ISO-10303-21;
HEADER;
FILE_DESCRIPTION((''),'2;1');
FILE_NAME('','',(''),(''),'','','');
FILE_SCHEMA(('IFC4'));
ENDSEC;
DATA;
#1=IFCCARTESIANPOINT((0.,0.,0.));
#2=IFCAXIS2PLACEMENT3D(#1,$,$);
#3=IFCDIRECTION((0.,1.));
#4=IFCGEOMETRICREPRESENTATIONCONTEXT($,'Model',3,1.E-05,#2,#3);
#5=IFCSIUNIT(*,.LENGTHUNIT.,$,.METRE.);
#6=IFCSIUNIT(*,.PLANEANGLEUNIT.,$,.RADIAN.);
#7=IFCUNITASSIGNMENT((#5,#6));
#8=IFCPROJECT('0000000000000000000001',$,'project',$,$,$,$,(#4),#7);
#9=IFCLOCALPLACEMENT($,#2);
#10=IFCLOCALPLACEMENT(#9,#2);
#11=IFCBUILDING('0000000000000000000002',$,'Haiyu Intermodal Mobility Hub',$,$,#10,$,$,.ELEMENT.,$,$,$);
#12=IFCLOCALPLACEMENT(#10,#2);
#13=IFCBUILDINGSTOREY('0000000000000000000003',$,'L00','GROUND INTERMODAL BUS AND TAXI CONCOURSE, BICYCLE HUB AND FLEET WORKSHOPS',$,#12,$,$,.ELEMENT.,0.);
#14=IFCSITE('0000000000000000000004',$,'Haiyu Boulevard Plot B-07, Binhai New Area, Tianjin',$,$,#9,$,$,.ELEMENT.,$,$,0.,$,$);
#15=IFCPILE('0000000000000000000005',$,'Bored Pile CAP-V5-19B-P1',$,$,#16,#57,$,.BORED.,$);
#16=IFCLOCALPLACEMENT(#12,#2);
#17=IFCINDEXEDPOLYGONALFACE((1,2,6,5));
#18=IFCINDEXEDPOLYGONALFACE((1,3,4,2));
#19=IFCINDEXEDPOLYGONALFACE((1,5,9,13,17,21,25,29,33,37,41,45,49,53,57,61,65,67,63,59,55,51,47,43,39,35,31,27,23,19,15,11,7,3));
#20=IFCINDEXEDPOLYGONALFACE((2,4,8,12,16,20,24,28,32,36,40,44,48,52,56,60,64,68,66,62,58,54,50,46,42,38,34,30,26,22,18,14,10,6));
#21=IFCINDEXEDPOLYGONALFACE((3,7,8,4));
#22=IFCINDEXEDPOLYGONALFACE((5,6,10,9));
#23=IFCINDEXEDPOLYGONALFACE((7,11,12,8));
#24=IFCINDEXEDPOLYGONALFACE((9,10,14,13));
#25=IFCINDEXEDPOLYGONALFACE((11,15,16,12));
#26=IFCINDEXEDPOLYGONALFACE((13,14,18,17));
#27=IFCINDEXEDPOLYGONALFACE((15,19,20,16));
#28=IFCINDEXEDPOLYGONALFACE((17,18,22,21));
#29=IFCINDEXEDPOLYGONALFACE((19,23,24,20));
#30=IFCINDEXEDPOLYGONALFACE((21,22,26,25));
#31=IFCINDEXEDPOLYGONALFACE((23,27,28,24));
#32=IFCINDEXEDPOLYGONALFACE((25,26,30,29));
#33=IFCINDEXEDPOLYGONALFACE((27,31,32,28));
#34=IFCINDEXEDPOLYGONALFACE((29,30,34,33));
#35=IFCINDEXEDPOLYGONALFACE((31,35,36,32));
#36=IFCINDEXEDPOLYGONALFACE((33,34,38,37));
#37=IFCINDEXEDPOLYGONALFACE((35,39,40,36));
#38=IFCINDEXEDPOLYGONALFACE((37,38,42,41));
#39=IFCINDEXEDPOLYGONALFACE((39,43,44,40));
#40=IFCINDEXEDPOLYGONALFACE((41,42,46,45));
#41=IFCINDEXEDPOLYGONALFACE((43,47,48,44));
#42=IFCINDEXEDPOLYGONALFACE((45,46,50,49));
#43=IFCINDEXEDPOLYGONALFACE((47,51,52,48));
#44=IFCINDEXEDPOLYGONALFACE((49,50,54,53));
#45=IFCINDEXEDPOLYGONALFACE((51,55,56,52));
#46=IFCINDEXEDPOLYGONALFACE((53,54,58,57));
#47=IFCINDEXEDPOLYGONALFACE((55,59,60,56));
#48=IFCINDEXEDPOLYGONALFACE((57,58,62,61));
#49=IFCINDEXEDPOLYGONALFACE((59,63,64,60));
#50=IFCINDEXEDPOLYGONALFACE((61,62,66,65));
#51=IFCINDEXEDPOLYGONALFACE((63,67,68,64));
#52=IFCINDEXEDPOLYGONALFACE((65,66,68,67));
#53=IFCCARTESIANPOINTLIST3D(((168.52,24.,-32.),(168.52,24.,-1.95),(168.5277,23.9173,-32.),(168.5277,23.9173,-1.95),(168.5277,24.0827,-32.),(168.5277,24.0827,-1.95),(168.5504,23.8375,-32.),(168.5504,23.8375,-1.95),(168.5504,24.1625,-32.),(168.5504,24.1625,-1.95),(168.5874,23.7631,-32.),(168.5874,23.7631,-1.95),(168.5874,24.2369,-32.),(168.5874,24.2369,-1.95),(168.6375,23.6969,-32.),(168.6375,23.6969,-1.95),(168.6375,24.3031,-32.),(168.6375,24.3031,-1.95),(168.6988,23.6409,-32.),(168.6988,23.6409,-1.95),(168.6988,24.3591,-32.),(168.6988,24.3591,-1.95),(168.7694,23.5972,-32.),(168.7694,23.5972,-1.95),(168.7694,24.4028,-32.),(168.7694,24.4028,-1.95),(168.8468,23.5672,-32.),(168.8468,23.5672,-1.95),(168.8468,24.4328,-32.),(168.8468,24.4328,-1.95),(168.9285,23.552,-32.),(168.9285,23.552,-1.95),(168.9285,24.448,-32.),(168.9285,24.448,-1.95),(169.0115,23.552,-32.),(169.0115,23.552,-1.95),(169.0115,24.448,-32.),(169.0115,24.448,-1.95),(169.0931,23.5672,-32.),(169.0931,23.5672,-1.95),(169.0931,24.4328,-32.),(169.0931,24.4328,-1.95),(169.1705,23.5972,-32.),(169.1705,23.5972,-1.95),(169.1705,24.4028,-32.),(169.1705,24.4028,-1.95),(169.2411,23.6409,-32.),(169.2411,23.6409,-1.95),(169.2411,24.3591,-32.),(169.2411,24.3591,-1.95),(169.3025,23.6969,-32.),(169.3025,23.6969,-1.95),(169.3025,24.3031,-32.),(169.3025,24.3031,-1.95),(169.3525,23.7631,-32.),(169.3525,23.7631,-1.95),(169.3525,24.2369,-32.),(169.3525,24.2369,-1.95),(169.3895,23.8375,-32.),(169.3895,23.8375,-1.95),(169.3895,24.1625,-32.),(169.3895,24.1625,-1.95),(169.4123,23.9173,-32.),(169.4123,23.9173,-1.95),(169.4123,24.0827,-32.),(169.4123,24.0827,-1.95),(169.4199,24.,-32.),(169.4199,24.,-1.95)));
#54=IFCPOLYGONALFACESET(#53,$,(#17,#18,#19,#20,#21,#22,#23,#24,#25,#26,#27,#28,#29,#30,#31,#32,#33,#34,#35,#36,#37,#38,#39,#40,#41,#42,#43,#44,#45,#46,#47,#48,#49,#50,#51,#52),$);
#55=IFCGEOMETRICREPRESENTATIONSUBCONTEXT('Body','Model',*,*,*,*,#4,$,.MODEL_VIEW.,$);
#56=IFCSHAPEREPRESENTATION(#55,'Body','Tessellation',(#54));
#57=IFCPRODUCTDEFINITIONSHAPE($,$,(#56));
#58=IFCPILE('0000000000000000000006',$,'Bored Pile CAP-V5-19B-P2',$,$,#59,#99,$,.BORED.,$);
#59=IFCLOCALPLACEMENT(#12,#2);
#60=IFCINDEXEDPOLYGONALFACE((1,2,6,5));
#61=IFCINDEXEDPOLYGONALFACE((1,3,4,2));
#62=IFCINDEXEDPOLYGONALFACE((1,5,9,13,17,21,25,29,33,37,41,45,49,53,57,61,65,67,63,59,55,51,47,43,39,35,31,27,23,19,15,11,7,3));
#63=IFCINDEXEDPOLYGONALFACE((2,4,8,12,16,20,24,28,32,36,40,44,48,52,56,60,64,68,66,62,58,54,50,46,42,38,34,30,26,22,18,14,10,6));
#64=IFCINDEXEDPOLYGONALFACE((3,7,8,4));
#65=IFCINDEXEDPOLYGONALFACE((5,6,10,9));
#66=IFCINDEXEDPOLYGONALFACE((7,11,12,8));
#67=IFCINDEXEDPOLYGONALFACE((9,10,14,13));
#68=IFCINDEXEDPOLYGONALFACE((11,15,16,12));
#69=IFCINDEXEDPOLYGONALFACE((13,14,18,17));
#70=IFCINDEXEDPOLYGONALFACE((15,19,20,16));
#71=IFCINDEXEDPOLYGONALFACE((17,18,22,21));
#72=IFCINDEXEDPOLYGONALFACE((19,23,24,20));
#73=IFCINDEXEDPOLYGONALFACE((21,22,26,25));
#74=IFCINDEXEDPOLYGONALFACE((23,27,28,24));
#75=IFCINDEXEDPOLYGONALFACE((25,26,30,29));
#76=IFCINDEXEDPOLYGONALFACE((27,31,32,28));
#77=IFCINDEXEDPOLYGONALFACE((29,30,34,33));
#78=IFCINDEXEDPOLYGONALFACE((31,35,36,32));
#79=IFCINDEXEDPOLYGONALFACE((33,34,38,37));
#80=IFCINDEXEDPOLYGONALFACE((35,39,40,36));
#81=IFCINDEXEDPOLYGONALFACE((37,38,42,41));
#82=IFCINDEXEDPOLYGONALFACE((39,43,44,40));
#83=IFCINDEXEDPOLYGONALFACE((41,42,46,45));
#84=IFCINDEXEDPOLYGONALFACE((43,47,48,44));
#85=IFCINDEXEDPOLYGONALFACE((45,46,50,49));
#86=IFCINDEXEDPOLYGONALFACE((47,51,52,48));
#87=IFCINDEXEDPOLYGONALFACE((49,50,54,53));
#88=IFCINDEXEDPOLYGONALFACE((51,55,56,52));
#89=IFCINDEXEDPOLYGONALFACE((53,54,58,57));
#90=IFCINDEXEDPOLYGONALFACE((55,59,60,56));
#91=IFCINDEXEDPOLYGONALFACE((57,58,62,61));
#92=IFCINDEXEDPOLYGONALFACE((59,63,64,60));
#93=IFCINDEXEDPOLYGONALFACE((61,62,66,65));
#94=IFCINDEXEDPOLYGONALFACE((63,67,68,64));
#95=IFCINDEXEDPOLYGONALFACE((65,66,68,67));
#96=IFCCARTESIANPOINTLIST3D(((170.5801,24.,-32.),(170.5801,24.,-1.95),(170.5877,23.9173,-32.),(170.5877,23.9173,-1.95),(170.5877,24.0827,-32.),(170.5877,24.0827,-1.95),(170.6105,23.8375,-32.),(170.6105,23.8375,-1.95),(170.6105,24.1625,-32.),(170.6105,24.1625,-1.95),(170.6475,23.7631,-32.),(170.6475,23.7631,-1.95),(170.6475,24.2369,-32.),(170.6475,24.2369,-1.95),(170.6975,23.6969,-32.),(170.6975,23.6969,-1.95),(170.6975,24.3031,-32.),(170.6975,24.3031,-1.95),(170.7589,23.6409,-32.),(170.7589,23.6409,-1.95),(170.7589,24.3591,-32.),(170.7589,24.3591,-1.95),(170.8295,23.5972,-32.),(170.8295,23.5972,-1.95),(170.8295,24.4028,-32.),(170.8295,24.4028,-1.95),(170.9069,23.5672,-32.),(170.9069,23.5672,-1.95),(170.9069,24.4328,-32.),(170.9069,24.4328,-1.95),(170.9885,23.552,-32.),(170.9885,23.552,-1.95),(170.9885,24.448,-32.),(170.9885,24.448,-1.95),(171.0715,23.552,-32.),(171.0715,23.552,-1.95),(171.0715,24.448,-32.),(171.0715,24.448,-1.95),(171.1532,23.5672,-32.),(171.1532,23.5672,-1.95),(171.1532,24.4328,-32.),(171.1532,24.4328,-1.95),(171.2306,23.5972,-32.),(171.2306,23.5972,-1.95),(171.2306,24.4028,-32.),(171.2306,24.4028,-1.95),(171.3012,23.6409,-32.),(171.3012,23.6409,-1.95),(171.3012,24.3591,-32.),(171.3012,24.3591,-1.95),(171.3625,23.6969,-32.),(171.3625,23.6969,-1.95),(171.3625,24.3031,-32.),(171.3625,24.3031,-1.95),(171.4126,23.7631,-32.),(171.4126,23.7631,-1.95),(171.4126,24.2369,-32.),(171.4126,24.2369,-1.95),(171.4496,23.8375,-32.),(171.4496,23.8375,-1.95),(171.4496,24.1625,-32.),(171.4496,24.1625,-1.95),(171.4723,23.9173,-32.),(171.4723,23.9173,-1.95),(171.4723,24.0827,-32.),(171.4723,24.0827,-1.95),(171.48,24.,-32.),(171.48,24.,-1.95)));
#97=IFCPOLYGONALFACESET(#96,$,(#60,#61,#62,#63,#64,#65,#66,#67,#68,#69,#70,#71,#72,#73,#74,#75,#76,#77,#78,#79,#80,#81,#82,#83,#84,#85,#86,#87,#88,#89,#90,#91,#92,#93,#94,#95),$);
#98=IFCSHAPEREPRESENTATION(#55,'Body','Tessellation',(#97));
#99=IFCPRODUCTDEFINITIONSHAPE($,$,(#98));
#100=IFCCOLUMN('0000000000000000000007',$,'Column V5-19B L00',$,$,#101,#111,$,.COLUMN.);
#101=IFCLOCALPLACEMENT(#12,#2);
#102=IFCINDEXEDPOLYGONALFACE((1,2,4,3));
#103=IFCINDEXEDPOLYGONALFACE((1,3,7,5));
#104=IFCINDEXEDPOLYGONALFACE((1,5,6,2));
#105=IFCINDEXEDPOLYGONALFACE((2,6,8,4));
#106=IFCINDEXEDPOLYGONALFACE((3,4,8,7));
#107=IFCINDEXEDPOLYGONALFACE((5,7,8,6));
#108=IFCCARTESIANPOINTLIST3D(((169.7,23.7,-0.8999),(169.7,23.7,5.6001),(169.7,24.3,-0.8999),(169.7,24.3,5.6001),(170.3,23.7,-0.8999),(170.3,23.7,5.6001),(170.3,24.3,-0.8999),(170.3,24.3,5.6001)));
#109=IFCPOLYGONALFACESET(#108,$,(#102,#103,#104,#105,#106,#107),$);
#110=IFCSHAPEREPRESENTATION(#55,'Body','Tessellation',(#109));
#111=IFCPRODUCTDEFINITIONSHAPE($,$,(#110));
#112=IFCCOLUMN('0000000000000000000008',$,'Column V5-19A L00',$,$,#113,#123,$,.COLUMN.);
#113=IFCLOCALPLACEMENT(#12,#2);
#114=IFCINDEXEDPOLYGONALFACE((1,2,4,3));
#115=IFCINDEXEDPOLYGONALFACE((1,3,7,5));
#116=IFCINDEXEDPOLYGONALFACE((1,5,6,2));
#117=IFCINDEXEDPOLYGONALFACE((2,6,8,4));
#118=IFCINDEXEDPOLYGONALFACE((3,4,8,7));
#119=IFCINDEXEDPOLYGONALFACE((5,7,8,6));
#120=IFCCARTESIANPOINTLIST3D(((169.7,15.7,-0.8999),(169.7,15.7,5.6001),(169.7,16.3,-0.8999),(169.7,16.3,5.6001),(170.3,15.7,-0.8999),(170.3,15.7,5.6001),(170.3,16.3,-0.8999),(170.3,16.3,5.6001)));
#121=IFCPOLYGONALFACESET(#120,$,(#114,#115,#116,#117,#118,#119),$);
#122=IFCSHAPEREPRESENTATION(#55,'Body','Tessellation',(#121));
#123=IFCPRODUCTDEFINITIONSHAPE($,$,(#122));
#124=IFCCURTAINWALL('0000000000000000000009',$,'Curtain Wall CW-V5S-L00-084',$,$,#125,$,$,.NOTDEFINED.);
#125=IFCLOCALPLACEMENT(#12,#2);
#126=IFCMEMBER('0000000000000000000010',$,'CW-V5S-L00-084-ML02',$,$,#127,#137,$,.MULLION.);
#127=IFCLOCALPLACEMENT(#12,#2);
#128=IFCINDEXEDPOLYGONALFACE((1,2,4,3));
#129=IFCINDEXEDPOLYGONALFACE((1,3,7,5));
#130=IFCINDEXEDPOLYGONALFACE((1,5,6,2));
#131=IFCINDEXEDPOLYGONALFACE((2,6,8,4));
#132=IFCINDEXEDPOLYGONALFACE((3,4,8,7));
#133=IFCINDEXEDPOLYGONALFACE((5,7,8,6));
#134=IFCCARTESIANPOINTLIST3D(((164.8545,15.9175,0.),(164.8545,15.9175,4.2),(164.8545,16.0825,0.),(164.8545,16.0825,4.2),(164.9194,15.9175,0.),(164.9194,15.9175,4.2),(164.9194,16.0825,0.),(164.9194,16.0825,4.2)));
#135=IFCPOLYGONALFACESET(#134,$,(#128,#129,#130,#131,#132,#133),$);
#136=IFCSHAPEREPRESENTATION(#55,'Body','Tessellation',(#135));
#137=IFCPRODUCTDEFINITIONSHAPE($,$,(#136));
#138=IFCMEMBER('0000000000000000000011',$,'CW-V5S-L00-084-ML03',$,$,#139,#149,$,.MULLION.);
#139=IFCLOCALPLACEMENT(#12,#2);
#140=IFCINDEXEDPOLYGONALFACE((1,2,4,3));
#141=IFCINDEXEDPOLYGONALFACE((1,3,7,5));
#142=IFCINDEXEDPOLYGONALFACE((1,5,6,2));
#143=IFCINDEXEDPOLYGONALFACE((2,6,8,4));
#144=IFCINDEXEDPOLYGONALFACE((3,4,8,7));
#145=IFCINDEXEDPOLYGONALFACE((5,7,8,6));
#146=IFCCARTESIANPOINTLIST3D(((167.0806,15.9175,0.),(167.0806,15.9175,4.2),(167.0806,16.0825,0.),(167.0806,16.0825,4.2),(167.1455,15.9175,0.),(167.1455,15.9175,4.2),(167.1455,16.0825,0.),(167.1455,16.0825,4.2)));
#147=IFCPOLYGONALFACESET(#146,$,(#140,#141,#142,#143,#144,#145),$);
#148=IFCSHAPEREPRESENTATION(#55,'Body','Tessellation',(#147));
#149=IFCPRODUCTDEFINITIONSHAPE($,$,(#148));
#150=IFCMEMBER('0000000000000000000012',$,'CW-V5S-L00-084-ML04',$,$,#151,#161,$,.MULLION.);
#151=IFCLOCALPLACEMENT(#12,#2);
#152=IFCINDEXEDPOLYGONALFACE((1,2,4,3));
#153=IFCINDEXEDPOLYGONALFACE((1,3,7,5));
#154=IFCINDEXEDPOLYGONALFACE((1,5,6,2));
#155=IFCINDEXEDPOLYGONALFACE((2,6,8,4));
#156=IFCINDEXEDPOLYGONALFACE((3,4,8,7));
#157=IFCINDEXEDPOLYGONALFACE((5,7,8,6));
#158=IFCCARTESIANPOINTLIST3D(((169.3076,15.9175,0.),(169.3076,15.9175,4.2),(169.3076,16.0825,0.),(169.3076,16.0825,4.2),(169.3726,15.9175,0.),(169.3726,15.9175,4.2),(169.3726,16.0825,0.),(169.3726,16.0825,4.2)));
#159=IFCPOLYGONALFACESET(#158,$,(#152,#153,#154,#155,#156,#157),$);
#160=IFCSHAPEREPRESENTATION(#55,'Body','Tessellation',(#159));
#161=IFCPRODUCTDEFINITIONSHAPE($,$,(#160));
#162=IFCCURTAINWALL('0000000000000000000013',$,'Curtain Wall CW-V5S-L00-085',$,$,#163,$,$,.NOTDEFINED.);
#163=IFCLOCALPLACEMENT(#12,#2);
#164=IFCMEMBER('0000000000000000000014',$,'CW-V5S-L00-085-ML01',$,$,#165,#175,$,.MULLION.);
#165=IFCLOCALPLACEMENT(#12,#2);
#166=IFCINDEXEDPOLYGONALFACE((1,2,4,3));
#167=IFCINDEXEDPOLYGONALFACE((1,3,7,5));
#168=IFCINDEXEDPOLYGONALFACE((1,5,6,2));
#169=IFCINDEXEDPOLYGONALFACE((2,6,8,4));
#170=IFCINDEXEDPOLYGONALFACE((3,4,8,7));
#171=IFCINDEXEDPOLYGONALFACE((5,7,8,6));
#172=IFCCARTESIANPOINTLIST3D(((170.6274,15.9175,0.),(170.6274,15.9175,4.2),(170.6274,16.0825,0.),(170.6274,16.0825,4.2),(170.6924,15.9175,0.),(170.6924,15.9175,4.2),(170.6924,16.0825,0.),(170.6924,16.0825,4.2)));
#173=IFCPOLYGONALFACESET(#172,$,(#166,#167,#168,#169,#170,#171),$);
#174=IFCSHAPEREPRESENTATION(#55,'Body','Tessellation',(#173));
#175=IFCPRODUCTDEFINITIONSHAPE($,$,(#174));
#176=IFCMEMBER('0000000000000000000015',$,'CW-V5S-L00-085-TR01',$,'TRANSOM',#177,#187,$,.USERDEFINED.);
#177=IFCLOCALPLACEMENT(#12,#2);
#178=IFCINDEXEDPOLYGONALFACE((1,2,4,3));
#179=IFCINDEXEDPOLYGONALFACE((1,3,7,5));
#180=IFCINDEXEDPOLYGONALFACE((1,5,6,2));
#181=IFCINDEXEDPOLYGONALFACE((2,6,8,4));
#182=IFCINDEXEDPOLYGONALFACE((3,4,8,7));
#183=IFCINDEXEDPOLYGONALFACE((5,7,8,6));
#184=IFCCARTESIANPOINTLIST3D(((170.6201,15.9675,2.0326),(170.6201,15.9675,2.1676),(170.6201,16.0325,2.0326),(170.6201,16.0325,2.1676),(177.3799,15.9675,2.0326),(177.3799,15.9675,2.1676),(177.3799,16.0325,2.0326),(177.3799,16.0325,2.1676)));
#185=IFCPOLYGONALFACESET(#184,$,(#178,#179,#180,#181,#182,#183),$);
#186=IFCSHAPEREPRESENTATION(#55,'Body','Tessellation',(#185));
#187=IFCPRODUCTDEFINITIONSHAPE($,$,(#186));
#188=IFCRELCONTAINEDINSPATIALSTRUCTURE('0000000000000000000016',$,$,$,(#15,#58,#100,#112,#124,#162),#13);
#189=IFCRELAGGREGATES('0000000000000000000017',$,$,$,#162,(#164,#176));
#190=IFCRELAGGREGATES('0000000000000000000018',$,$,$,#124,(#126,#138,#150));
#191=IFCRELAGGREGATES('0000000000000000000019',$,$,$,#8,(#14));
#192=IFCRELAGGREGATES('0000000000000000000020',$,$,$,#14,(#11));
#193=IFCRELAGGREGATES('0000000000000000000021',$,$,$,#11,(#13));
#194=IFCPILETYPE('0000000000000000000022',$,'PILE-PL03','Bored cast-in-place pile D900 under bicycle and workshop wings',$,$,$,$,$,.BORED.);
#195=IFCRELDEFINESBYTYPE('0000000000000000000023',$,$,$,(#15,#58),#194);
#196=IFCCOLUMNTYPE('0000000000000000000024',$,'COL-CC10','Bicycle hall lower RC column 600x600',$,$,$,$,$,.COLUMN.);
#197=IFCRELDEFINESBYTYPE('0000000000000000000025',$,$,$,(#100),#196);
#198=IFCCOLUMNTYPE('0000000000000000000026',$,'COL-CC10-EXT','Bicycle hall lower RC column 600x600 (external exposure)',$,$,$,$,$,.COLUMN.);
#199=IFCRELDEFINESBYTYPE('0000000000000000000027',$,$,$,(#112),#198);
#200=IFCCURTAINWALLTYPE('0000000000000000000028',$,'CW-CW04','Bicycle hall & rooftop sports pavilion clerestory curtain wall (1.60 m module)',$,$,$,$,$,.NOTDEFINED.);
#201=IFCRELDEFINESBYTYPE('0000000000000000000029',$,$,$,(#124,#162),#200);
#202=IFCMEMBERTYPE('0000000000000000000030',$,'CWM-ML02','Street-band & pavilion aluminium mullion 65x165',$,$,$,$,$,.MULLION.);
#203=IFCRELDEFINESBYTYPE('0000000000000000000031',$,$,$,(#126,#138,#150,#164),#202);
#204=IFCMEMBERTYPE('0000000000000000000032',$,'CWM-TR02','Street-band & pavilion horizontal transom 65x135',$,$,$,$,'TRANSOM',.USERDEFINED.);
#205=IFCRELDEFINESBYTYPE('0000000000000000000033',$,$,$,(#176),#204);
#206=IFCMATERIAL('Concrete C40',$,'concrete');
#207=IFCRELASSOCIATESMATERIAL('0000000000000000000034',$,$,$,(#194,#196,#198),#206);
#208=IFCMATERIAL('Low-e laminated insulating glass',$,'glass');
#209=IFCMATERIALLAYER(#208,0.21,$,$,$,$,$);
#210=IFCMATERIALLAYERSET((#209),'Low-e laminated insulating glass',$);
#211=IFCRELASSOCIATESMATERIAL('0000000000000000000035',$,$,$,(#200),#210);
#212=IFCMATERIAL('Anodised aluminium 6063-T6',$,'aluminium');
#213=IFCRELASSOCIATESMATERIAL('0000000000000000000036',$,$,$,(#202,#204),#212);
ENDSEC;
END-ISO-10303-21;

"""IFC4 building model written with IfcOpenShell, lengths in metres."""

from ifc_helpers import new_model, si_unit, direction, frame, origin, origin_2d, place, context, subcontext, project, spatial, rectangle, circle, extrude, material, layer, layer_set, material_profile, profile_set, type_object, element, aggregate, save


model = new_model("IFC4")

# Units and contexts
model_context = context("Model", 3, precision=1e-05, world=origin(), true_north=direction((0.0, 1.0)))
body_context = subcontext(model_context, "Body", "Model", "MODEL_VIEW")
ifc_project = project(units=[si_unit("LENGTHUNIT", "METRE"), si_unit("PLANEANGLEUNIT", "RADIAN")], contexts=[model_context])

# Site, building, storey
site_placement = place(None, origin())
site = spatial("IfcSite", under=ifc_project, at=site_placement, Name="Haiyu Boulevard Plot B-07, Binhai New Area, Tianjin", CompositionType="ELEMENT", RefElevation=0.0)
building_placement = place(site_placement, origin())
building = spatial("IfcBuilding", under=site, at=building_placement, Name="Haiyu Intermodal Mobility Hub", CompositionType="ELEMENT")
storey_placement = place(building_placement, origin())
storey = spatial("IfcBuildingStorey", under=building, at=storey_placement, Name="L00", Description="GROUND INTERMODAL BUS AND TAXI CONCOURSE, BICYCLE HUB AND FLEET WORKSHOPS", CompositionType="ELEMENT", Elevation=0.0)

# Shared definitions
ifc_material_1 = material(Name="Concrete C40", Category="concrete")

# Piles
ifc_material_profile_1 = material_profile(ifc_material_1, circle(Radius=0.45, at=origin_2d()), Name="PILE-D900")
ifc_profile_set_1 = profile_set([ifc_material_profile_1], Name="Concrete C40")
pile_type = type_object("IfcPileType", Name="PILE-PL03", Description="Bored cast-in-place pile D900 under bicycle and workshop wings", PredefinedType="BORED", material=ifc_profile_set_1)
for number, where, z_axis, x_axis, name in (
    (1, (168.97, 24.0, -1.95), (0.0, 0.0, -1.0), (1.0, 0.0, 0.0), "Bored Pile CAP-V5-19B-P1"),
    (2, (171.03, 24.0, -1.95), (0.0, 0.0, -1.0), (1.0, 0.0, 0.0), "Bored Pile CAP-V5-19B-P2"),
):
    element("IfcPile", number, at=place(storey_placement, frame(where, z_axis=z_axis, x_axis=x_axis)), inside=storey, type_object=pile_type, Name=name, PredefinedType="BORED", context=body_context, shape_type="SweptSolid", body=[
        extrude(circle(Radius=0.45, at=origin_2d()), origin(), (0.0, 0.0, 1.0), 30.05),
    ])

# Columns
ifc_material_profile_2 = material_profile(ifc_material_1, rectangle(XDim=0.6001, YDim=0.6001, at=origin_2d()), Name="RC600x600")
ifc_profile_set_2 = profile_set([ifc_material_profile_2], Name="Concrete C40")
column_type_1 = type_object("IfcColumnType", Name="COL-CC10", Description="Bicycle hall lower RC column 600x600", PredefinedType="COLUMN", material=ifc_profile_set_2)
column_1_placement = place(storey_placement, frame((170.0, 24.0, -0.8999), z_axis=(0.0, 0.0, 1.0), x_axis=(1.0, 0.0, 0.0)))
element("IfcColumn", 3, at=column_1_placement, inside=storey, type_object=column_type_1, Name="Column V5-19B L00", PredefinedType="COLUMN", context=body_context, shape_type="SweptSolid", body=[
    extrude(rectangle(XDim=0.6001, YDim=0.6001, at=origin_2d()), origin(), (0.0, 0.0, 1.0), 6.5),
])
ifc_material_profile_3 = material_profile(ifc_material_1, rectangle(XDim=0.6001, YDim=0.6001, at=origin_2d()), Name="RC600x600")
ifc_profile_set_3 = profile_set([ifc_material_profile_3], Name="Concrete C40")
column_type_2 = type_object("IfcColumnType", Name="COL-CC10-EXT", Description="Bicycle hall lower RC column 600x600 (external exposure)", PredefinedType="COLUMN", material=ifc_profile_set_3)
column_2_placement = place(storey_placement, frame((170.0, 16.0, -0.8999), z_axis=(0.0, 0.0, 1.0), x_axis=(1.0, 0.0, 0.0)))
element("IfcColumn", 4, at=column_2_placement, inside=storey, type_object=column_type_2, Name="Column V5-19A L00", PredefinedType="COLUMN", context=body_context, shape_type="SweptSolid", body=[
    extrude(rectangle(XDim=0.6001, YDim=0.6001, at=origin_2d()), origin(), (0.0, 0.0, 1.0), 6.5),
])

# Curtain walls, members
ifc_material_2 = material(Name="Low-e laminated insulating glass", Category="glass")
ifc_layer_1 = layer(ifc_material_2, 0.21)
ifc_layer_set_1 = layer_set([ifc_layer_1], Name="Low-e laminated insulating glass")
curtain_wall_type = type_object("IfcCurtainWallType", Name="CW-CW04", Description="Bicycle hall & rooftop sports pavilion clerestory curtain wall (1.60 m module)", PredefinedType="NOTDEFINED", material=ifc_layer_set_1)
curtain_wall_1_placement = place(storey_placement, origin())
curtain_wall_1 = element("IfcCurtainWall", 5, at=curtain_wall_1_placement, inside=storey, type_object=curtain_wall_type, Name="Curtain Wall CW-V5S-L00-084", PredefinedType="NOTDEFINED")
ifc_material_3 = material(Name="Anodised aluminium 6063-T6", Category="aluminium")
ifc_material_profile_4 = material_profile(ifc_material_3, rectangle(XDim=0.0649, YDim=0.165, at=origin_2d()), Name="ALU65x165")
ifc_profile_set_4 = profile_set([ifc_material_profile_4], Name="Anodised aluminium 6063-T6")
member_type_1 = type_object("IfcMemberType", Name="CWM-ML02", Description="Street-band & pavilion aluminium mullion 65x165", PredefinedType="MULLION", material=ifc_profile_set_4)
member_1_placement = place(storey_placement, frame((164.887, 16.0, 0.0), z_axis=(0.0, 0.0, 1.0), x_axis=(1.0, 0.0, 0.0)))
member_1 = element("IfcMember", 6, at=member_1_placement, type_object=member_type_1, Name="CW-V5S-L00-084-ML02", PredefinedType="MULLION", context=body_context, shape_type="SweptSolid", body=[
    extrude(rectangle(XDim=0.0649, YDim=0.165, at=origin_2d()), origin(), (0.0, 0.0, 1.0), 4.2),
])
member_2_placement = place(storey_placement, frame((167.113, 16.0, 0.0), z_axis=(0.0, 0.0, 1.0), x_axis=(1.0, 0.0, 0.0)))
member_2 = element("IfcMember", 7, at=member_2_placement, type_object=member_type_1, Name="CW-V5S-L00-084-ML03", PredefinedType="MULLION", context=body_context, shape_type="SweptSolid", body=[
    extrude(rectangle(XDim=0.0649, YDim=0.165, at=origin_2d()), origin(), (0.0, 0.0, 1.0), 4.2),
])
member_3_placement = place(storey_placement, frame((169.3401, 16.0, 0.0), z_axis=(0.0, 0.0, 1.0), x_axis=(1.0, 0.0, 0.0)))
member_3 = element("IfcMember", 8, at=member_3_placement, type_object=member_type_1, Name="CW-V5S-L00-084-ML04", PredefinedType="MULLION", context=body_context, shape_type="SweptSolid", body=[
    extrude(rectangle(XDim=0.0649, YDim=0.165, at=origin_2d()), origin(), (0.0, 0.0, 1.0), 4.2),
])
curtain_wall_2_placement = place(storey_placement, origin())
curtain_wall_2 = element("IfcCurtainWall", 9, at=curtain_wall_2_placement, inside=storey, type_object=curtain_wall_type, Name="Curtain Wall CW-V5S-L00-085", PredefinedType="NOTDEFINED")
member_4_placement = place(storey_placement, frame((170.6599, 16.0, 0.0), z_axis=(0.0, 0.0, 1.0), x_axis=(1.0, 0.0, 0.0)))
member_4 = element("IfcMember", 10, at=member_4_placement, type_object=member_type_1, Name="CW-V5S-L00-085-ML01", PredefinedType="MULLION", context=body_context, shape_type="SweptSolid", body=[
    extrude(rectangle(XDim=0.0649, YDim=0.165, at=origin_2d()), origin(), (0.0, 0.0, 1.0), 4.2),
])
ifc_material_profile_5 = material_profile(ifc_material_3, rectangle(XDim=0.0649, YDim=0.135, at=origin_2d()), Name="ALU65x135")
ifc_profile_set_5 = profile_set([ifc_material_profile_5], Name="Anodised aluminium 6063-T6")
member_type_2 = type_object("IfcMemberType", Name="CWM-TR02", Description="Street-band & pavilion horizontal transom 65x135", ElementType="TRANSOM", PredefinedType="USERDEFINED", material=ifc_profile_set_5)
member_5_placement = place(storey_placement, frame((170.6201, 16.0, 2.1001), z_axis=(1.0, 0.0, 0.0), x_axis=(0.0, 1.0, 0.0)))
member_5 = element("IfcMember", 11, at=member_5_placement, type_object=member_type_2, Name="CW-V5S-L00-085-TR01", ObjectType="TRANSOM", PredefinedType="USERDEFINED", context=body_context, shape_type="SweptSolid", body=[
    extrude(rectangle(XDim=0.0649, YDim=0.135, at=origin_2d()), origin(), (0.0, 0.0, 1.0), 6.7598),
])
aggregate(curtain_wall_2, [member_4, member_5])

aggregate(curtain_wall_1, [member_1, member_2, member_3])

save(model, "model.ifc")
